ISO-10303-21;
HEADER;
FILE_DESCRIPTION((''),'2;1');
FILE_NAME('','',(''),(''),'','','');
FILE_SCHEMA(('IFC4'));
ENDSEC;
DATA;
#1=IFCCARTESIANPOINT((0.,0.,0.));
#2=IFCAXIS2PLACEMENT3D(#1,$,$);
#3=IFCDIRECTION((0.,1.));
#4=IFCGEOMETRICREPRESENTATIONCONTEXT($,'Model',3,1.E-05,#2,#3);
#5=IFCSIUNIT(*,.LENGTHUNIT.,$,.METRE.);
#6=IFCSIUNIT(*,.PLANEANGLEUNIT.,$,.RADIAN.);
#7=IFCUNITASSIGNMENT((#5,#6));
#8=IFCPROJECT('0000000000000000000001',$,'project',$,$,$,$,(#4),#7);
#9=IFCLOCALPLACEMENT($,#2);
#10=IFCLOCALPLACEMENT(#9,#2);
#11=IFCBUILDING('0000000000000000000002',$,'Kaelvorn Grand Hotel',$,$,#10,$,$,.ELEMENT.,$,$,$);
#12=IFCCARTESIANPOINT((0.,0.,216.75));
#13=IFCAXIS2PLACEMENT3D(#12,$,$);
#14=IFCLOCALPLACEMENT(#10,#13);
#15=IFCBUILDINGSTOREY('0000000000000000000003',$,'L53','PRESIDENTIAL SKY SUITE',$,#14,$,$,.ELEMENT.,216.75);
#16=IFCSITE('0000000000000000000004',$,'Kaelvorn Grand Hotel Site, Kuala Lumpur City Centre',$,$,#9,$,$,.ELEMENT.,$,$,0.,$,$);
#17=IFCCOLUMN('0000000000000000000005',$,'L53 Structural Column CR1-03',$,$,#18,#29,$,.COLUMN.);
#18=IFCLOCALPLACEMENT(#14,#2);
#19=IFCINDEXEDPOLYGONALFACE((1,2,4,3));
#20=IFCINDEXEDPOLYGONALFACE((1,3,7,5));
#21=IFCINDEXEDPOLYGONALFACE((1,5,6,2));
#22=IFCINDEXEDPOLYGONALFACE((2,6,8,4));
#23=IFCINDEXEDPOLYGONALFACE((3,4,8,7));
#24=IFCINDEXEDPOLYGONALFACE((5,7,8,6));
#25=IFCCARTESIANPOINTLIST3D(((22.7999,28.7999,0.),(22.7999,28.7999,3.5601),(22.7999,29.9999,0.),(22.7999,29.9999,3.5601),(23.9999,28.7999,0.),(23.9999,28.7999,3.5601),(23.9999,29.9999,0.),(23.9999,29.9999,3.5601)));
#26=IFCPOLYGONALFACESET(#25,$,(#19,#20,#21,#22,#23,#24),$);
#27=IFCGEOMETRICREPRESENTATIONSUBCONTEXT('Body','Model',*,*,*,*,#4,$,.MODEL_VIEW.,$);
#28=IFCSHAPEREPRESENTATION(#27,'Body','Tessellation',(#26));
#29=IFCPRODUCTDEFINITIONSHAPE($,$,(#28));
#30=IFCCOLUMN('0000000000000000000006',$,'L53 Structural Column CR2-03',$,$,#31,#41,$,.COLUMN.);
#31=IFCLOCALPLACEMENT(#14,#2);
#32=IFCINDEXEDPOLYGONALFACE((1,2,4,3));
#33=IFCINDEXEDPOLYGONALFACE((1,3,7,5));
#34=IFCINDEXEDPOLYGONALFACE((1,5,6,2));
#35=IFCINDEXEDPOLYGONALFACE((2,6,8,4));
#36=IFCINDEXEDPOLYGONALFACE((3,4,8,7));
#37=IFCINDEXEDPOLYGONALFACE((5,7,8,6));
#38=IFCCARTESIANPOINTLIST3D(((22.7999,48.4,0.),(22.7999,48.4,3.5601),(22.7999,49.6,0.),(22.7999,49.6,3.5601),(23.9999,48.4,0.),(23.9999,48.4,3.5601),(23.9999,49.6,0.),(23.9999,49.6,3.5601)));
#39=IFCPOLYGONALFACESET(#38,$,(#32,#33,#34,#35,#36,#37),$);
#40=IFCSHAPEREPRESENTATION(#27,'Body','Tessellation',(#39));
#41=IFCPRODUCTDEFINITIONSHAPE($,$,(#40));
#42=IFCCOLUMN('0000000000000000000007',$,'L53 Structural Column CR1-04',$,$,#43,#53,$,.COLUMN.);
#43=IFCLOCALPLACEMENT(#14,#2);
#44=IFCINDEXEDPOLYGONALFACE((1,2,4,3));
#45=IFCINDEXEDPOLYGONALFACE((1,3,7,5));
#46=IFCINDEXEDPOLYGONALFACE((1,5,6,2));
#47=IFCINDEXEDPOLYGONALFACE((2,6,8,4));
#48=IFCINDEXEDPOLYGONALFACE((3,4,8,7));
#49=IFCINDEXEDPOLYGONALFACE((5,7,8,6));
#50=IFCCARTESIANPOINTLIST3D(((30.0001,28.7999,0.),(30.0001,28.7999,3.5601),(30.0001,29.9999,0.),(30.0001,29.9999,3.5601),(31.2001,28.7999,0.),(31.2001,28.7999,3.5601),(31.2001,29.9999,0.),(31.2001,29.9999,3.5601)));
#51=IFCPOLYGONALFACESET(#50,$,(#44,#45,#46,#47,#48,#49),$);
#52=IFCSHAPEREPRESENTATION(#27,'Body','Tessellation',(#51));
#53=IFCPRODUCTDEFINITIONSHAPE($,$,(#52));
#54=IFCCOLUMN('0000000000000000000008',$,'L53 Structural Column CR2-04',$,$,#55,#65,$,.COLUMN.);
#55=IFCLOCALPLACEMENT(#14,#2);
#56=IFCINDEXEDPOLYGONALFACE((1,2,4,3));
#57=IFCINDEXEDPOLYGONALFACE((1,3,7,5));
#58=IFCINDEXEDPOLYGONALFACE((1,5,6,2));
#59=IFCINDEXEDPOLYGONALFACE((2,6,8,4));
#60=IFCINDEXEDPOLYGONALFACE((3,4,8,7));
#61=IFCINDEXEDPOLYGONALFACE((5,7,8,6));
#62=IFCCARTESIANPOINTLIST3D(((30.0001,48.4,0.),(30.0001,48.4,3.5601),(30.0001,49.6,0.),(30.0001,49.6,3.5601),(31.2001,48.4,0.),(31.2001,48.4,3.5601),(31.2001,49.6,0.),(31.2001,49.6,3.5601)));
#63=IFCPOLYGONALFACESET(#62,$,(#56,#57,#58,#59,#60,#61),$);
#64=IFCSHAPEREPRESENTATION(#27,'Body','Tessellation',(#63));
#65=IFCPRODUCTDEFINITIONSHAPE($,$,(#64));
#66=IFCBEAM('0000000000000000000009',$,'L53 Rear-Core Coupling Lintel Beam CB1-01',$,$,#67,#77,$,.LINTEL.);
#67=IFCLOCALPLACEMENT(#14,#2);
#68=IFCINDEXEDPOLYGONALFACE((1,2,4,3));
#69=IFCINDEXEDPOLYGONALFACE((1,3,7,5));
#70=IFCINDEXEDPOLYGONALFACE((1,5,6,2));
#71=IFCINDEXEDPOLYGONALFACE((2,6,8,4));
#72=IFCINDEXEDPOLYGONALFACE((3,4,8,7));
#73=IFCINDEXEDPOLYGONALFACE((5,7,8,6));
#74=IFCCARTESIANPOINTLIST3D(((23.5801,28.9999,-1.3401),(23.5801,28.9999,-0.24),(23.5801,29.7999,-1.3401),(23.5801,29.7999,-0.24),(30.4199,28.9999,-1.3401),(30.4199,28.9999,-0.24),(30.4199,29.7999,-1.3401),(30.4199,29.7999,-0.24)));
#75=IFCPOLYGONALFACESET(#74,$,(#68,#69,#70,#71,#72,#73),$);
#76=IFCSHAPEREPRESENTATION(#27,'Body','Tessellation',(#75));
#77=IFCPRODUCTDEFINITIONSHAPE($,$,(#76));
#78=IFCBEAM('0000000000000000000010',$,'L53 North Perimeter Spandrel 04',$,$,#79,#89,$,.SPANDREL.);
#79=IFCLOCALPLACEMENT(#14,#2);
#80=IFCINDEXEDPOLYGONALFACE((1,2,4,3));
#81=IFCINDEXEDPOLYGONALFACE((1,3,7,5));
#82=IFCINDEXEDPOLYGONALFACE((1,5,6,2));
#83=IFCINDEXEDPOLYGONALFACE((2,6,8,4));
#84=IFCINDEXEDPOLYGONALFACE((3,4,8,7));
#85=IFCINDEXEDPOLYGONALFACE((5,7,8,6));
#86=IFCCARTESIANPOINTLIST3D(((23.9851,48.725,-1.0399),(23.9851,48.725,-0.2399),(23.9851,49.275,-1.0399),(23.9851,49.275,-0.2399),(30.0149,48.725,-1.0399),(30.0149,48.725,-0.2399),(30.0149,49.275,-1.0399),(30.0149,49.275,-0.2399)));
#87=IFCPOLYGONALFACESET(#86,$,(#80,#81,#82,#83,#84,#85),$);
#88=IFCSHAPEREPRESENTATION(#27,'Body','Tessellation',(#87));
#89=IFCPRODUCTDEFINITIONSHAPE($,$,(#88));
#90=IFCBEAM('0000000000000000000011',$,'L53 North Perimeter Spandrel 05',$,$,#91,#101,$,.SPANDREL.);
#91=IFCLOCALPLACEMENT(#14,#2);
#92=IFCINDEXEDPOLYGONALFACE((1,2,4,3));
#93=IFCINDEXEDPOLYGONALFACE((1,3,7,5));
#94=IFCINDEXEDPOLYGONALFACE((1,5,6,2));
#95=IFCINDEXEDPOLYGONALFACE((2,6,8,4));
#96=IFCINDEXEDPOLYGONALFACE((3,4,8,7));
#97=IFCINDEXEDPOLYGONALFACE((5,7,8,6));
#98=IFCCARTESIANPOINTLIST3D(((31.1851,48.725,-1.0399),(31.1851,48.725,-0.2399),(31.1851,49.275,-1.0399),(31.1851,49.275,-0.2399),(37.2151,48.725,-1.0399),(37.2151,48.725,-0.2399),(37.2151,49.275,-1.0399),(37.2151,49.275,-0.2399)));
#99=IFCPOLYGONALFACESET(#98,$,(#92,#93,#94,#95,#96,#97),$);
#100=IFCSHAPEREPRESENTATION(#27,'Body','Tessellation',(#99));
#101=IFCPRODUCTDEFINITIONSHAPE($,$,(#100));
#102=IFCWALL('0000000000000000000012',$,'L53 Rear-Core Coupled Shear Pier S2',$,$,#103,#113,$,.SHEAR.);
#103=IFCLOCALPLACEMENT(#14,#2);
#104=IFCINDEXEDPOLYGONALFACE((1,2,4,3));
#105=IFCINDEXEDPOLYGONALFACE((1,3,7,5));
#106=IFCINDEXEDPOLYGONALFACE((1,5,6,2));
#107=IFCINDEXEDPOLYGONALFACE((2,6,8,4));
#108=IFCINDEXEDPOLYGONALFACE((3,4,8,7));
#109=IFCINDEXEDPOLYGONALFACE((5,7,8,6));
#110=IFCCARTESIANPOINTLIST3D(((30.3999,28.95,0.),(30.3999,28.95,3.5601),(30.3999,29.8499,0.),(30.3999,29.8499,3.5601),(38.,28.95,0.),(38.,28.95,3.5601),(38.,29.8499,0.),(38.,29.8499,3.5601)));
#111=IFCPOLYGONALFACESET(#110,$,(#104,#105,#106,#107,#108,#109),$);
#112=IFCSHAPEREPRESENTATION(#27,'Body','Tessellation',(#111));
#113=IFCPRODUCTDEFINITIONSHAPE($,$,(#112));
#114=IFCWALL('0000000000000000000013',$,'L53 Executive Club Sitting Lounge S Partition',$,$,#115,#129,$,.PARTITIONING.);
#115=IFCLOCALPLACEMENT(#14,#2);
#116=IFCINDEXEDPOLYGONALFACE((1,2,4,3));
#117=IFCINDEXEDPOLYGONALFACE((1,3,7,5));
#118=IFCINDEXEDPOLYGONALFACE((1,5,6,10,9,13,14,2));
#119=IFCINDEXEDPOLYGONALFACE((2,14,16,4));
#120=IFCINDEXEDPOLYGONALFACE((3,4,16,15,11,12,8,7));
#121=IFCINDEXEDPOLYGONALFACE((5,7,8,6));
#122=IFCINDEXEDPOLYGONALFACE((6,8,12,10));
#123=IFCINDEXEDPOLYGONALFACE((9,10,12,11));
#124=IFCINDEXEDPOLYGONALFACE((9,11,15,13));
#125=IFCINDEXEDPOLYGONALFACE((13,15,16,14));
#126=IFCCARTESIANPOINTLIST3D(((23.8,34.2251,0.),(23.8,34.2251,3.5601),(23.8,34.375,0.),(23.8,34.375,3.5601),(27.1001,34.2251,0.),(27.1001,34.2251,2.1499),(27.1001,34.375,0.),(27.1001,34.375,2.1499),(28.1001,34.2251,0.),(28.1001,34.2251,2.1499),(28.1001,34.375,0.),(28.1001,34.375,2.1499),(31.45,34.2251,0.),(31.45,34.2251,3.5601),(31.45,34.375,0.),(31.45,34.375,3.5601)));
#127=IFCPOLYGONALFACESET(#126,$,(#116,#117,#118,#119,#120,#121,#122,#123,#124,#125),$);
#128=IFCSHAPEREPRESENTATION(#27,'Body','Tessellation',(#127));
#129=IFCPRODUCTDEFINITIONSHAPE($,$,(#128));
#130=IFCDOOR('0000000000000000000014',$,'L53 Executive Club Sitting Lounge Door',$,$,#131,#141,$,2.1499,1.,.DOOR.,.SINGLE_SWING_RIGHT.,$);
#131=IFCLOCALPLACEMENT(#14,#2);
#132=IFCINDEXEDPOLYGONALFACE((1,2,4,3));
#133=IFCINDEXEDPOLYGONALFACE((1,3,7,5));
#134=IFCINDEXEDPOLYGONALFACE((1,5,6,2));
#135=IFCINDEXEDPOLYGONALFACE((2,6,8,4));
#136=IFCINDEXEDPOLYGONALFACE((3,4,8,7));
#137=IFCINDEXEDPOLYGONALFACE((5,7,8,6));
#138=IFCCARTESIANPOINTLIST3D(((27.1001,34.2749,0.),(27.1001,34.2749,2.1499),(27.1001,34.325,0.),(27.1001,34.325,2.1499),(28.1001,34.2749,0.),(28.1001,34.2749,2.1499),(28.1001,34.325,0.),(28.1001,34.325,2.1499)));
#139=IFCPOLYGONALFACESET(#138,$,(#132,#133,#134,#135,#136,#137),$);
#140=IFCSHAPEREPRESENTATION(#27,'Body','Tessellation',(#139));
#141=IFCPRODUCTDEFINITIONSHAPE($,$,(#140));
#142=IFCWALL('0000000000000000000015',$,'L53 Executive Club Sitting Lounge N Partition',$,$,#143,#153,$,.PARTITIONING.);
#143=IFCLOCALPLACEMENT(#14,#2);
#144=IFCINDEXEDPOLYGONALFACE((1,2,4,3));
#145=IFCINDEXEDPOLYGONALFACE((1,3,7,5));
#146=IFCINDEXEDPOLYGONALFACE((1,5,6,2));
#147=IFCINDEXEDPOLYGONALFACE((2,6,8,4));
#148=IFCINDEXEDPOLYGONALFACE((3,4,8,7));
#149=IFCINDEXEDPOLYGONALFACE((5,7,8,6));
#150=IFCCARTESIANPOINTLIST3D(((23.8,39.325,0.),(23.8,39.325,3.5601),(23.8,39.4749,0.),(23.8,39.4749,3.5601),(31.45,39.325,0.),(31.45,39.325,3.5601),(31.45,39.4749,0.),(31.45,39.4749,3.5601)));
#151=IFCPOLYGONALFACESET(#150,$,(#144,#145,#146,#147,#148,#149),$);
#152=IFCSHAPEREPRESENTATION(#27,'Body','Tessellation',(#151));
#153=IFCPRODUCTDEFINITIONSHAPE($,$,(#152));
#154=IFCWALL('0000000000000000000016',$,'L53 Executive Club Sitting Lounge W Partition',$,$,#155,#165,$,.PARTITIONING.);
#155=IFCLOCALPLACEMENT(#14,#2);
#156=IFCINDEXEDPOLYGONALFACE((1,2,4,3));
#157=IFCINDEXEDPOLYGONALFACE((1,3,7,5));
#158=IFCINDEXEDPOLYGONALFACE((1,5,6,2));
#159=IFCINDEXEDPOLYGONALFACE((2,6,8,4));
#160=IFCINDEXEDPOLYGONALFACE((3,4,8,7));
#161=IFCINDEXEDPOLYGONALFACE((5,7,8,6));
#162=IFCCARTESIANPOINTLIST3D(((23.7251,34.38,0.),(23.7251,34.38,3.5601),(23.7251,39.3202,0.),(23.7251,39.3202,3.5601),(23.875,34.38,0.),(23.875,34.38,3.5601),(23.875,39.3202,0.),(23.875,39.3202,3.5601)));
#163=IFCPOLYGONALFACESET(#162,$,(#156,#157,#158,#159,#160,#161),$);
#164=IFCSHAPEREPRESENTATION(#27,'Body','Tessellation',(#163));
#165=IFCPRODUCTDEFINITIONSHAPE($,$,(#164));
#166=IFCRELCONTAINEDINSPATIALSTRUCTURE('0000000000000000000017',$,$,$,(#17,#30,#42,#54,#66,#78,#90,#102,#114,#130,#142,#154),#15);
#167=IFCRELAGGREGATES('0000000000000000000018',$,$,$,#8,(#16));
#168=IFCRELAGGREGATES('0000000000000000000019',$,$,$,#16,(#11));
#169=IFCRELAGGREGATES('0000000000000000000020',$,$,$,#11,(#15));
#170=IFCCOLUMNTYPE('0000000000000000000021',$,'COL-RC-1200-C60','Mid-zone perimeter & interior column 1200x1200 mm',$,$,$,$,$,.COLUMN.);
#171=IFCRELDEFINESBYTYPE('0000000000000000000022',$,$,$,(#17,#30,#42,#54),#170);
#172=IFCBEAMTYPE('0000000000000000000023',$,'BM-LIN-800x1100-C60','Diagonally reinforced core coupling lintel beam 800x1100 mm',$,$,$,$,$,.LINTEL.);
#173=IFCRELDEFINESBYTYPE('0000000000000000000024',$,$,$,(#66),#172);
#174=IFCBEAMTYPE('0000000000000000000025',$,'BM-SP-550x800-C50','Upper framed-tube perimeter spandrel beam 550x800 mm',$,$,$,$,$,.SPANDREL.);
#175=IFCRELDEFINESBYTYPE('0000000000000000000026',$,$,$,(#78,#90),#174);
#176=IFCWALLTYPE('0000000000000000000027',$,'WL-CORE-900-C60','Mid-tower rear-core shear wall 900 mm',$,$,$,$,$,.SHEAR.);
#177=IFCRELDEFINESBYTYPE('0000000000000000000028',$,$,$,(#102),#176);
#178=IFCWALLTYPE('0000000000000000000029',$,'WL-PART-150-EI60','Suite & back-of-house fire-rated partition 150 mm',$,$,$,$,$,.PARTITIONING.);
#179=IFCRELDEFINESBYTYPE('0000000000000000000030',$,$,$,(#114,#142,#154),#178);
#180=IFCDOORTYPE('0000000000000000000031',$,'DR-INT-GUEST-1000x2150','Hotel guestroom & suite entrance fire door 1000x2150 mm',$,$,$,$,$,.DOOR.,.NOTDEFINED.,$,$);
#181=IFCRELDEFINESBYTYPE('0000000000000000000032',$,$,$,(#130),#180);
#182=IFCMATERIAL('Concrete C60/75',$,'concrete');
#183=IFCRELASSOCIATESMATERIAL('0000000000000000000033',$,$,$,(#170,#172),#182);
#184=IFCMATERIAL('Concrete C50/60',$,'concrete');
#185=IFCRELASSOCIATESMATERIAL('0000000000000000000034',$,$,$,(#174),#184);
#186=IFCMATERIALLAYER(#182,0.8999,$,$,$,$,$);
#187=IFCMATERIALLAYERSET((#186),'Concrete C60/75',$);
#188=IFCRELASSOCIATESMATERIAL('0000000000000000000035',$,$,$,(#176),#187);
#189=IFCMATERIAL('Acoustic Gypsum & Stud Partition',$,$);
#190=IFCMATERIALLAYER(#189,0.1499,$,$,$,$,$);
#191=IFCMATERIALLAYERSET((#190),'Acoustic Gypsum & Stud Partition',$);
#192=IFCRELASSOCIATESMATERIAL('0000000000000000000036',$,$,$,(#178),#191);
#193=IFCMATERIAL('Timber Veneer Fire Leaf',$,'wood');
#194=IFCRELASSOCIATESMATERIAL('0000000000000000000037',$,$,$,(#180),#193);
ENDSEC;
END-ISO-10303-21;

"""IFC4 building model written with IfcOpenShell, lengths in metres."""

from ifc_helpers import new_model, si_unit, direction, frame, frame_2d, origin, origin_2d, place, context, subcontext, project, spatial, rectangle, extrude, material, layer, layer_set, material_profile, profile_set, type_object, element, fill, save


model = new_model("IFC4")

# Units and contexts
model_context = context("Model", 3, precision=1e-05, world=origin(), true_north=direction((0.0, 1.0)))
body_context = subcontext(model_context, "Body", "Model", "MODEL_VIEW")
ifc_project = project(units=[si_unit("LENGTHUNIT", "METRE"), si_unit("PLANEANGLEUNIT", "RADIAN")], contexts=[model_context])

# Site, building, storey
site_placement = place(None, origin())
site = spatial("IfcSite", under=ifc_project, at=site_placement, Name="Kaelvorn Grand Hotel Site, Kuala Lumpur City Centre", CompositionType="ELEMENT", RefElevation=0.0)
building_placement = place(site_placement, origin())
building = spatial("IfcBuilding", under=site, at=building_placement, Name="Kaelvorn Grand Hotel", CompositionType="ELEMENT")
storey_placement = place(building_placement, frame((0.0, 0.0, 216.75)))
storey = spatial("IfcBuildingStorey", under=building, at=storey_placement, Name="L53", Description="PRESIDENTIAL SKY SUITE", CompositionType="ELEMENT", Elevation=216.75)

# Columns
ifc_material_1 = material(Name="Concrete C60/75", Category="concrete")
ifc_material_profile_1 = material_profile(ifc_material_1, rectangle(XDim=1.2, YDim=1.2, at=origin_2d()), Name="RC COL 1200x1200")
ifc_profile_set_1 = profile_set([ifc_material_profile_1], Name="Concrete C60/75")
column_type = type_object("IfcColumnType", Name="COL-RC-1200-C60", Description="Mid-zone perimeter & interior column 1200x1200 mm", PredefinedType="COLUMN", material=ifc_profile_set_1)
for number, where, z_axis, x_axis, name in (
    (1, (23.3999, 29.3999, 0.0), (0.0, 0.0, 1.0), (1.0, 0.0, 0.0), "L53 Structural Column CR1-03"),
    (2, (23.3999, 49.0, 0.0), (0.0, 0.0, 1.0), (1.0, 0.0, 0.0), "L53 Structural Column CR2-03"),
    (3, (30.6001, 29.3999, 0.0), (0.0, 0.0, 1.0), (1.0, 0.0, 0.0), "L53 Structural Column CR1-04"),
    (4, (30.6001, 49.0, 0.0), (0.0, 0.0, 1.0), (1.0, 0.0, 0.0), "L53 Structural Column CR2-04"),
):
    element("IfcColumn", number, at=place(storey_placement, frame(where, z_axis=z_axis, x_axis=x_axis)), inside=storey, type_object=column_type, Name=name, PredefinedType="COLUMN", context=body_context, shape_type="SweptSolid", body=[
        extrude(rectangle(XDim=1.2, YDim=1.2, at=origin_2d()), origin(), (0.0, 0.0, 1.0), 3.5601),
    ])

# Beams
ifc_material_profile_2 = material_profile(ifc_material_1, rectangle(XDim=0.8, YDim=1.1001, at=origin_2d()), Name="RC LINTEL 800x1100")
ifc_profile_set_2 = profile_set([ifc_material_profile_2], Name="Concrete C60/75")
beam_type_1 = type_object("IfcBeamType", Name="BM-LIN-800x1100-C60", Description="Diagonally reinforced core coupling lintel beam 800x1100 mm", PredefinedType="LINTEL", material=ifc_profile_set_2)
beam_1_placement = place(storey_placement, frame((23.5801, 29.3999, -0.79), z_axis=(1.0, 0.0, 0.0), x_axis=(0.0, 1.0, 0.0)))
element("IfcBeam", 5, at=beam_1_placement, inside=storey, type_object=beam_type_1, Name="L53 Rear-Core Coupling Lintel Beam CB1-01", PredefinedType="LINTEL", context=body_context, shape_type="SweptSolid", body=[
    extrude(rectangle(XDim=0.8, YDim=1.1001, at=origin_2d()), origin(), (0.0, 0.0, 1.0), 6.8398),
])
ifc_material_2 = material(Name="Concrete C50/60", Category="concrete")
ifc_material_profile_3 = material_profile(ifc_material_2, rectangle(XDim=0.55, YDim=0.8, at=origin_2d()), Name="RC SPANDREL 550x800")
ifc_profile_set_3 = profile_set([ifc_material_profile_3], Name="Concrete C50/60")
beam_type_2 = type_object("IfcBeamType", Name="BM-SP-550x800-C50", Description="Upper framed-tube perimeter spandrel beam 550x800 mm", PredefinedType="SPANDREL", material=ifc_profile_set_3)
beam_2_placement = place(storey_placement, frame((23.9851, 49.0, -0.6399), z_axis=(1.0, 0.0, 0.0), x_axis=(0.0, 1.0, 0.0)))
element("IfcBeam", 6, at=beam_2_placement, inside=storey, type_object=beam_type_2, Name="L53 North Perimeter Spandrel 04", PredefinedType="SPANDREL", context=body_context, shape_type="SweptSolid", body=[
    extrude(rectangle(XDim=0.55, YDim=0.8, at=origin_2d()), origin(), (0.0, 0.0, 1.0), 6.0298),
])
beam_3_placement = place(storey_placement, frame((31.1851, 49.0, -0.6399), z_axis=(1.0, 0.0, 0.0), x_axis=(0.0, 1.0, 0.0)))
element("IfcBeam", 7, at=beam_3_placement, inside=storey, type_object=beam_type_2, Name="L53 North Perimeter Spandrel 05", PredefinedType="SPANDREL", context=body_context, shape_type="SweptSolid", body=[
    extrude(rectangle(XDim=0.55, YDim=0.8, at=origin_2d()), origin(), (0.0, 0.0, 1.0), 6.03),
])

# Wall
ifc_layer_1 = layer(ifc_material_1, 0.8999)
ifc_layer_set_1 = layer_set([ifc_layer_1], Name="Concrete C60/75")
wall_type_1 = type_object("IfcWallType", Name="WL-CORE-900-C60", Description="Mid-tower rear-core shear wall 900 mm", PredefinedType="SHEAR", material=ifc_layer_set_1)
wall_1_placement = place(storey_placement, frame((30.3999, 29.3999, 0.0), z_axis=(0.0, 0.0, 1.0), x_axis=(1.0, 0.0, 0.0)))
element("IfcWall", 8, at=wall_1_placement, inside=storey, type_object=wall_type_1, Name="L53 Rear-Core Coupled Shear Pier S2", PredefinedType="SHEAR", context=body_context, shape_type="SweptSolid", body=[
    extrude(rectangle(XDim=7.6001, YDim=0.8999, at=frame_2d((3.8, 0.0))), origin(), (0.0, 0.0, 1.0), 3.5601),
])

# Wall, opening, door
ifc_material_3 = material(Name="Acoustic Gypsum & Stud Partition")
ifc_layer_2 = layer(ifc_material_3, 0.1499)
ifc_layer_set_2 = layer_set([ifc_layer_2], Name="Acoustic Gypsum & Stud Partition")
wall_type_2 = type_object("IfcWallType", Name="WL-PART-150-EI60", Description="Suite & back-of-house fire-rated partition 150 mm", PredefinedType="PARTITIONING", material=ifc_layer_set_2)
wall_2_placement = place(storey_placement, frame((23.8, 34.3, 0.0), z_axis=(0.0, 0.0, 1.0), x_axis=(1.0, 0.0, 0.0)))
wall_2 = element("IfcWall", 9, at=wall_2_placement, inside=storey, type_object=wall_type_2, Name="L53 Executive Club Sitting Lounge S Partition", PredefinedType="PARTITIONING", context=body_context, shape_type="SweptSolid", body=[
    extrude(rectangle(XDim=7.6499, YDim=0.1499, at=frame_2d((3.825, 0.0))), origin(), (0.0, 0.0, 1.0), 3.5601),
])
opening_1_placement = place(wall_2_placement, frame((3.3, 0.0, 0.0)))
opening_1 = element("IfcOpeningElement", 10, at=opening_1_placement, cuts=wall_2, PredefinedType="OPENING", context=body_context, shape_type="SweptSolid", body=[
    extrude(rectangle(XDim=1.0, YDim=2.1499, at=frame_2d((0.5, 1.075))), frame((0.0, 0.085, 0.0), z_axis=(0.0, -1.0, 0.0), x_axis=(1.0, 0.0, 0.0)), (0.0, 0.0, 1.0), 0.1699),
])
ifc_material_4 = material(Name="Timber Veneer Fire Leaf", Category="wood")
door_type_1 = type_object("IfcDoorType", Name="DR-INT-GUEST-1000x2150", Description="Hotel guestroom & suite entrance fire door 1000x2150 mm", OperationType="NOTDEFINED", PredefinedType="DOOR", material=ifc_material_4)
door_1_placement = place(opening_1_placement, origin())
door_1 = element("IfcDoor", 11, at=door_1_placement, inside=storey, type_object=door_type_1, Name="L53 Executive Club Sitting Lounge Door", OperationType="SINGLE_SWING_RIGHT", OverallHeight=2.1499, OverallWidth=1.0, PredefinedType="DOOR", context=body_context, shape_type="SweptSolid", body=[
    extrude(rectangle(XDim=1.0, YDim=2.1499, at=frame_2d((0.5, 1.075))), frame((0.0, 0.0249, 0.0), z_axis=(0.0, -1.0, 0.0), x_axis=(1.0, 0.0, 0.0)), (0.0, 0.0, 1.0), 0.05),
])
fill(opening_1, door_1)

# Walls
wall_3_placement = place(storey_placement, frame((23.8, 39.3999, 0.0), z_axis=(0.0, 0.0, 1.0), x_axis=(1.0, 0.0, 0.0)))
element("IfcWall", 12, at=wall_3_placement, inside=storey, type_object=wall_type_2, Name="L53 Executive Club Sitting Lounge N Partition", PredefinedType="PARTITIONING", context=body_context, shape_type="SweptSolid", body=[
    extrude(rectangle(XDim=7.6499, YDim=0.1499, at=frame_2d((3.825, 0.0))), origin(), (0.0, 0.0, 1.0), 3.5601),
])
wall_4_placement = place(storey_placement, frame((23.8, 34.3799, 0.0), z_axis=(0.0, 0.0, 1.0), x_axis=(0.0, 1.0, 0.0)))
element("IfcWall", 13, at=wall_4_placement, inside=storey, type_object=wall_type_2, Name="L53 Executive Club Sitting Lounge W Partition", PredefinedType="PARTITIONING", context=body_context, shape_type="SweptSolid", body=[
    extrude(rectangle(XDim=4.9402, YDim=0.1499, at=frame_2d((2.4702, 0.0))), origin(), (0.0, 0.0, 1.0), 3.5601),
])

save(model, "model.ifc")
